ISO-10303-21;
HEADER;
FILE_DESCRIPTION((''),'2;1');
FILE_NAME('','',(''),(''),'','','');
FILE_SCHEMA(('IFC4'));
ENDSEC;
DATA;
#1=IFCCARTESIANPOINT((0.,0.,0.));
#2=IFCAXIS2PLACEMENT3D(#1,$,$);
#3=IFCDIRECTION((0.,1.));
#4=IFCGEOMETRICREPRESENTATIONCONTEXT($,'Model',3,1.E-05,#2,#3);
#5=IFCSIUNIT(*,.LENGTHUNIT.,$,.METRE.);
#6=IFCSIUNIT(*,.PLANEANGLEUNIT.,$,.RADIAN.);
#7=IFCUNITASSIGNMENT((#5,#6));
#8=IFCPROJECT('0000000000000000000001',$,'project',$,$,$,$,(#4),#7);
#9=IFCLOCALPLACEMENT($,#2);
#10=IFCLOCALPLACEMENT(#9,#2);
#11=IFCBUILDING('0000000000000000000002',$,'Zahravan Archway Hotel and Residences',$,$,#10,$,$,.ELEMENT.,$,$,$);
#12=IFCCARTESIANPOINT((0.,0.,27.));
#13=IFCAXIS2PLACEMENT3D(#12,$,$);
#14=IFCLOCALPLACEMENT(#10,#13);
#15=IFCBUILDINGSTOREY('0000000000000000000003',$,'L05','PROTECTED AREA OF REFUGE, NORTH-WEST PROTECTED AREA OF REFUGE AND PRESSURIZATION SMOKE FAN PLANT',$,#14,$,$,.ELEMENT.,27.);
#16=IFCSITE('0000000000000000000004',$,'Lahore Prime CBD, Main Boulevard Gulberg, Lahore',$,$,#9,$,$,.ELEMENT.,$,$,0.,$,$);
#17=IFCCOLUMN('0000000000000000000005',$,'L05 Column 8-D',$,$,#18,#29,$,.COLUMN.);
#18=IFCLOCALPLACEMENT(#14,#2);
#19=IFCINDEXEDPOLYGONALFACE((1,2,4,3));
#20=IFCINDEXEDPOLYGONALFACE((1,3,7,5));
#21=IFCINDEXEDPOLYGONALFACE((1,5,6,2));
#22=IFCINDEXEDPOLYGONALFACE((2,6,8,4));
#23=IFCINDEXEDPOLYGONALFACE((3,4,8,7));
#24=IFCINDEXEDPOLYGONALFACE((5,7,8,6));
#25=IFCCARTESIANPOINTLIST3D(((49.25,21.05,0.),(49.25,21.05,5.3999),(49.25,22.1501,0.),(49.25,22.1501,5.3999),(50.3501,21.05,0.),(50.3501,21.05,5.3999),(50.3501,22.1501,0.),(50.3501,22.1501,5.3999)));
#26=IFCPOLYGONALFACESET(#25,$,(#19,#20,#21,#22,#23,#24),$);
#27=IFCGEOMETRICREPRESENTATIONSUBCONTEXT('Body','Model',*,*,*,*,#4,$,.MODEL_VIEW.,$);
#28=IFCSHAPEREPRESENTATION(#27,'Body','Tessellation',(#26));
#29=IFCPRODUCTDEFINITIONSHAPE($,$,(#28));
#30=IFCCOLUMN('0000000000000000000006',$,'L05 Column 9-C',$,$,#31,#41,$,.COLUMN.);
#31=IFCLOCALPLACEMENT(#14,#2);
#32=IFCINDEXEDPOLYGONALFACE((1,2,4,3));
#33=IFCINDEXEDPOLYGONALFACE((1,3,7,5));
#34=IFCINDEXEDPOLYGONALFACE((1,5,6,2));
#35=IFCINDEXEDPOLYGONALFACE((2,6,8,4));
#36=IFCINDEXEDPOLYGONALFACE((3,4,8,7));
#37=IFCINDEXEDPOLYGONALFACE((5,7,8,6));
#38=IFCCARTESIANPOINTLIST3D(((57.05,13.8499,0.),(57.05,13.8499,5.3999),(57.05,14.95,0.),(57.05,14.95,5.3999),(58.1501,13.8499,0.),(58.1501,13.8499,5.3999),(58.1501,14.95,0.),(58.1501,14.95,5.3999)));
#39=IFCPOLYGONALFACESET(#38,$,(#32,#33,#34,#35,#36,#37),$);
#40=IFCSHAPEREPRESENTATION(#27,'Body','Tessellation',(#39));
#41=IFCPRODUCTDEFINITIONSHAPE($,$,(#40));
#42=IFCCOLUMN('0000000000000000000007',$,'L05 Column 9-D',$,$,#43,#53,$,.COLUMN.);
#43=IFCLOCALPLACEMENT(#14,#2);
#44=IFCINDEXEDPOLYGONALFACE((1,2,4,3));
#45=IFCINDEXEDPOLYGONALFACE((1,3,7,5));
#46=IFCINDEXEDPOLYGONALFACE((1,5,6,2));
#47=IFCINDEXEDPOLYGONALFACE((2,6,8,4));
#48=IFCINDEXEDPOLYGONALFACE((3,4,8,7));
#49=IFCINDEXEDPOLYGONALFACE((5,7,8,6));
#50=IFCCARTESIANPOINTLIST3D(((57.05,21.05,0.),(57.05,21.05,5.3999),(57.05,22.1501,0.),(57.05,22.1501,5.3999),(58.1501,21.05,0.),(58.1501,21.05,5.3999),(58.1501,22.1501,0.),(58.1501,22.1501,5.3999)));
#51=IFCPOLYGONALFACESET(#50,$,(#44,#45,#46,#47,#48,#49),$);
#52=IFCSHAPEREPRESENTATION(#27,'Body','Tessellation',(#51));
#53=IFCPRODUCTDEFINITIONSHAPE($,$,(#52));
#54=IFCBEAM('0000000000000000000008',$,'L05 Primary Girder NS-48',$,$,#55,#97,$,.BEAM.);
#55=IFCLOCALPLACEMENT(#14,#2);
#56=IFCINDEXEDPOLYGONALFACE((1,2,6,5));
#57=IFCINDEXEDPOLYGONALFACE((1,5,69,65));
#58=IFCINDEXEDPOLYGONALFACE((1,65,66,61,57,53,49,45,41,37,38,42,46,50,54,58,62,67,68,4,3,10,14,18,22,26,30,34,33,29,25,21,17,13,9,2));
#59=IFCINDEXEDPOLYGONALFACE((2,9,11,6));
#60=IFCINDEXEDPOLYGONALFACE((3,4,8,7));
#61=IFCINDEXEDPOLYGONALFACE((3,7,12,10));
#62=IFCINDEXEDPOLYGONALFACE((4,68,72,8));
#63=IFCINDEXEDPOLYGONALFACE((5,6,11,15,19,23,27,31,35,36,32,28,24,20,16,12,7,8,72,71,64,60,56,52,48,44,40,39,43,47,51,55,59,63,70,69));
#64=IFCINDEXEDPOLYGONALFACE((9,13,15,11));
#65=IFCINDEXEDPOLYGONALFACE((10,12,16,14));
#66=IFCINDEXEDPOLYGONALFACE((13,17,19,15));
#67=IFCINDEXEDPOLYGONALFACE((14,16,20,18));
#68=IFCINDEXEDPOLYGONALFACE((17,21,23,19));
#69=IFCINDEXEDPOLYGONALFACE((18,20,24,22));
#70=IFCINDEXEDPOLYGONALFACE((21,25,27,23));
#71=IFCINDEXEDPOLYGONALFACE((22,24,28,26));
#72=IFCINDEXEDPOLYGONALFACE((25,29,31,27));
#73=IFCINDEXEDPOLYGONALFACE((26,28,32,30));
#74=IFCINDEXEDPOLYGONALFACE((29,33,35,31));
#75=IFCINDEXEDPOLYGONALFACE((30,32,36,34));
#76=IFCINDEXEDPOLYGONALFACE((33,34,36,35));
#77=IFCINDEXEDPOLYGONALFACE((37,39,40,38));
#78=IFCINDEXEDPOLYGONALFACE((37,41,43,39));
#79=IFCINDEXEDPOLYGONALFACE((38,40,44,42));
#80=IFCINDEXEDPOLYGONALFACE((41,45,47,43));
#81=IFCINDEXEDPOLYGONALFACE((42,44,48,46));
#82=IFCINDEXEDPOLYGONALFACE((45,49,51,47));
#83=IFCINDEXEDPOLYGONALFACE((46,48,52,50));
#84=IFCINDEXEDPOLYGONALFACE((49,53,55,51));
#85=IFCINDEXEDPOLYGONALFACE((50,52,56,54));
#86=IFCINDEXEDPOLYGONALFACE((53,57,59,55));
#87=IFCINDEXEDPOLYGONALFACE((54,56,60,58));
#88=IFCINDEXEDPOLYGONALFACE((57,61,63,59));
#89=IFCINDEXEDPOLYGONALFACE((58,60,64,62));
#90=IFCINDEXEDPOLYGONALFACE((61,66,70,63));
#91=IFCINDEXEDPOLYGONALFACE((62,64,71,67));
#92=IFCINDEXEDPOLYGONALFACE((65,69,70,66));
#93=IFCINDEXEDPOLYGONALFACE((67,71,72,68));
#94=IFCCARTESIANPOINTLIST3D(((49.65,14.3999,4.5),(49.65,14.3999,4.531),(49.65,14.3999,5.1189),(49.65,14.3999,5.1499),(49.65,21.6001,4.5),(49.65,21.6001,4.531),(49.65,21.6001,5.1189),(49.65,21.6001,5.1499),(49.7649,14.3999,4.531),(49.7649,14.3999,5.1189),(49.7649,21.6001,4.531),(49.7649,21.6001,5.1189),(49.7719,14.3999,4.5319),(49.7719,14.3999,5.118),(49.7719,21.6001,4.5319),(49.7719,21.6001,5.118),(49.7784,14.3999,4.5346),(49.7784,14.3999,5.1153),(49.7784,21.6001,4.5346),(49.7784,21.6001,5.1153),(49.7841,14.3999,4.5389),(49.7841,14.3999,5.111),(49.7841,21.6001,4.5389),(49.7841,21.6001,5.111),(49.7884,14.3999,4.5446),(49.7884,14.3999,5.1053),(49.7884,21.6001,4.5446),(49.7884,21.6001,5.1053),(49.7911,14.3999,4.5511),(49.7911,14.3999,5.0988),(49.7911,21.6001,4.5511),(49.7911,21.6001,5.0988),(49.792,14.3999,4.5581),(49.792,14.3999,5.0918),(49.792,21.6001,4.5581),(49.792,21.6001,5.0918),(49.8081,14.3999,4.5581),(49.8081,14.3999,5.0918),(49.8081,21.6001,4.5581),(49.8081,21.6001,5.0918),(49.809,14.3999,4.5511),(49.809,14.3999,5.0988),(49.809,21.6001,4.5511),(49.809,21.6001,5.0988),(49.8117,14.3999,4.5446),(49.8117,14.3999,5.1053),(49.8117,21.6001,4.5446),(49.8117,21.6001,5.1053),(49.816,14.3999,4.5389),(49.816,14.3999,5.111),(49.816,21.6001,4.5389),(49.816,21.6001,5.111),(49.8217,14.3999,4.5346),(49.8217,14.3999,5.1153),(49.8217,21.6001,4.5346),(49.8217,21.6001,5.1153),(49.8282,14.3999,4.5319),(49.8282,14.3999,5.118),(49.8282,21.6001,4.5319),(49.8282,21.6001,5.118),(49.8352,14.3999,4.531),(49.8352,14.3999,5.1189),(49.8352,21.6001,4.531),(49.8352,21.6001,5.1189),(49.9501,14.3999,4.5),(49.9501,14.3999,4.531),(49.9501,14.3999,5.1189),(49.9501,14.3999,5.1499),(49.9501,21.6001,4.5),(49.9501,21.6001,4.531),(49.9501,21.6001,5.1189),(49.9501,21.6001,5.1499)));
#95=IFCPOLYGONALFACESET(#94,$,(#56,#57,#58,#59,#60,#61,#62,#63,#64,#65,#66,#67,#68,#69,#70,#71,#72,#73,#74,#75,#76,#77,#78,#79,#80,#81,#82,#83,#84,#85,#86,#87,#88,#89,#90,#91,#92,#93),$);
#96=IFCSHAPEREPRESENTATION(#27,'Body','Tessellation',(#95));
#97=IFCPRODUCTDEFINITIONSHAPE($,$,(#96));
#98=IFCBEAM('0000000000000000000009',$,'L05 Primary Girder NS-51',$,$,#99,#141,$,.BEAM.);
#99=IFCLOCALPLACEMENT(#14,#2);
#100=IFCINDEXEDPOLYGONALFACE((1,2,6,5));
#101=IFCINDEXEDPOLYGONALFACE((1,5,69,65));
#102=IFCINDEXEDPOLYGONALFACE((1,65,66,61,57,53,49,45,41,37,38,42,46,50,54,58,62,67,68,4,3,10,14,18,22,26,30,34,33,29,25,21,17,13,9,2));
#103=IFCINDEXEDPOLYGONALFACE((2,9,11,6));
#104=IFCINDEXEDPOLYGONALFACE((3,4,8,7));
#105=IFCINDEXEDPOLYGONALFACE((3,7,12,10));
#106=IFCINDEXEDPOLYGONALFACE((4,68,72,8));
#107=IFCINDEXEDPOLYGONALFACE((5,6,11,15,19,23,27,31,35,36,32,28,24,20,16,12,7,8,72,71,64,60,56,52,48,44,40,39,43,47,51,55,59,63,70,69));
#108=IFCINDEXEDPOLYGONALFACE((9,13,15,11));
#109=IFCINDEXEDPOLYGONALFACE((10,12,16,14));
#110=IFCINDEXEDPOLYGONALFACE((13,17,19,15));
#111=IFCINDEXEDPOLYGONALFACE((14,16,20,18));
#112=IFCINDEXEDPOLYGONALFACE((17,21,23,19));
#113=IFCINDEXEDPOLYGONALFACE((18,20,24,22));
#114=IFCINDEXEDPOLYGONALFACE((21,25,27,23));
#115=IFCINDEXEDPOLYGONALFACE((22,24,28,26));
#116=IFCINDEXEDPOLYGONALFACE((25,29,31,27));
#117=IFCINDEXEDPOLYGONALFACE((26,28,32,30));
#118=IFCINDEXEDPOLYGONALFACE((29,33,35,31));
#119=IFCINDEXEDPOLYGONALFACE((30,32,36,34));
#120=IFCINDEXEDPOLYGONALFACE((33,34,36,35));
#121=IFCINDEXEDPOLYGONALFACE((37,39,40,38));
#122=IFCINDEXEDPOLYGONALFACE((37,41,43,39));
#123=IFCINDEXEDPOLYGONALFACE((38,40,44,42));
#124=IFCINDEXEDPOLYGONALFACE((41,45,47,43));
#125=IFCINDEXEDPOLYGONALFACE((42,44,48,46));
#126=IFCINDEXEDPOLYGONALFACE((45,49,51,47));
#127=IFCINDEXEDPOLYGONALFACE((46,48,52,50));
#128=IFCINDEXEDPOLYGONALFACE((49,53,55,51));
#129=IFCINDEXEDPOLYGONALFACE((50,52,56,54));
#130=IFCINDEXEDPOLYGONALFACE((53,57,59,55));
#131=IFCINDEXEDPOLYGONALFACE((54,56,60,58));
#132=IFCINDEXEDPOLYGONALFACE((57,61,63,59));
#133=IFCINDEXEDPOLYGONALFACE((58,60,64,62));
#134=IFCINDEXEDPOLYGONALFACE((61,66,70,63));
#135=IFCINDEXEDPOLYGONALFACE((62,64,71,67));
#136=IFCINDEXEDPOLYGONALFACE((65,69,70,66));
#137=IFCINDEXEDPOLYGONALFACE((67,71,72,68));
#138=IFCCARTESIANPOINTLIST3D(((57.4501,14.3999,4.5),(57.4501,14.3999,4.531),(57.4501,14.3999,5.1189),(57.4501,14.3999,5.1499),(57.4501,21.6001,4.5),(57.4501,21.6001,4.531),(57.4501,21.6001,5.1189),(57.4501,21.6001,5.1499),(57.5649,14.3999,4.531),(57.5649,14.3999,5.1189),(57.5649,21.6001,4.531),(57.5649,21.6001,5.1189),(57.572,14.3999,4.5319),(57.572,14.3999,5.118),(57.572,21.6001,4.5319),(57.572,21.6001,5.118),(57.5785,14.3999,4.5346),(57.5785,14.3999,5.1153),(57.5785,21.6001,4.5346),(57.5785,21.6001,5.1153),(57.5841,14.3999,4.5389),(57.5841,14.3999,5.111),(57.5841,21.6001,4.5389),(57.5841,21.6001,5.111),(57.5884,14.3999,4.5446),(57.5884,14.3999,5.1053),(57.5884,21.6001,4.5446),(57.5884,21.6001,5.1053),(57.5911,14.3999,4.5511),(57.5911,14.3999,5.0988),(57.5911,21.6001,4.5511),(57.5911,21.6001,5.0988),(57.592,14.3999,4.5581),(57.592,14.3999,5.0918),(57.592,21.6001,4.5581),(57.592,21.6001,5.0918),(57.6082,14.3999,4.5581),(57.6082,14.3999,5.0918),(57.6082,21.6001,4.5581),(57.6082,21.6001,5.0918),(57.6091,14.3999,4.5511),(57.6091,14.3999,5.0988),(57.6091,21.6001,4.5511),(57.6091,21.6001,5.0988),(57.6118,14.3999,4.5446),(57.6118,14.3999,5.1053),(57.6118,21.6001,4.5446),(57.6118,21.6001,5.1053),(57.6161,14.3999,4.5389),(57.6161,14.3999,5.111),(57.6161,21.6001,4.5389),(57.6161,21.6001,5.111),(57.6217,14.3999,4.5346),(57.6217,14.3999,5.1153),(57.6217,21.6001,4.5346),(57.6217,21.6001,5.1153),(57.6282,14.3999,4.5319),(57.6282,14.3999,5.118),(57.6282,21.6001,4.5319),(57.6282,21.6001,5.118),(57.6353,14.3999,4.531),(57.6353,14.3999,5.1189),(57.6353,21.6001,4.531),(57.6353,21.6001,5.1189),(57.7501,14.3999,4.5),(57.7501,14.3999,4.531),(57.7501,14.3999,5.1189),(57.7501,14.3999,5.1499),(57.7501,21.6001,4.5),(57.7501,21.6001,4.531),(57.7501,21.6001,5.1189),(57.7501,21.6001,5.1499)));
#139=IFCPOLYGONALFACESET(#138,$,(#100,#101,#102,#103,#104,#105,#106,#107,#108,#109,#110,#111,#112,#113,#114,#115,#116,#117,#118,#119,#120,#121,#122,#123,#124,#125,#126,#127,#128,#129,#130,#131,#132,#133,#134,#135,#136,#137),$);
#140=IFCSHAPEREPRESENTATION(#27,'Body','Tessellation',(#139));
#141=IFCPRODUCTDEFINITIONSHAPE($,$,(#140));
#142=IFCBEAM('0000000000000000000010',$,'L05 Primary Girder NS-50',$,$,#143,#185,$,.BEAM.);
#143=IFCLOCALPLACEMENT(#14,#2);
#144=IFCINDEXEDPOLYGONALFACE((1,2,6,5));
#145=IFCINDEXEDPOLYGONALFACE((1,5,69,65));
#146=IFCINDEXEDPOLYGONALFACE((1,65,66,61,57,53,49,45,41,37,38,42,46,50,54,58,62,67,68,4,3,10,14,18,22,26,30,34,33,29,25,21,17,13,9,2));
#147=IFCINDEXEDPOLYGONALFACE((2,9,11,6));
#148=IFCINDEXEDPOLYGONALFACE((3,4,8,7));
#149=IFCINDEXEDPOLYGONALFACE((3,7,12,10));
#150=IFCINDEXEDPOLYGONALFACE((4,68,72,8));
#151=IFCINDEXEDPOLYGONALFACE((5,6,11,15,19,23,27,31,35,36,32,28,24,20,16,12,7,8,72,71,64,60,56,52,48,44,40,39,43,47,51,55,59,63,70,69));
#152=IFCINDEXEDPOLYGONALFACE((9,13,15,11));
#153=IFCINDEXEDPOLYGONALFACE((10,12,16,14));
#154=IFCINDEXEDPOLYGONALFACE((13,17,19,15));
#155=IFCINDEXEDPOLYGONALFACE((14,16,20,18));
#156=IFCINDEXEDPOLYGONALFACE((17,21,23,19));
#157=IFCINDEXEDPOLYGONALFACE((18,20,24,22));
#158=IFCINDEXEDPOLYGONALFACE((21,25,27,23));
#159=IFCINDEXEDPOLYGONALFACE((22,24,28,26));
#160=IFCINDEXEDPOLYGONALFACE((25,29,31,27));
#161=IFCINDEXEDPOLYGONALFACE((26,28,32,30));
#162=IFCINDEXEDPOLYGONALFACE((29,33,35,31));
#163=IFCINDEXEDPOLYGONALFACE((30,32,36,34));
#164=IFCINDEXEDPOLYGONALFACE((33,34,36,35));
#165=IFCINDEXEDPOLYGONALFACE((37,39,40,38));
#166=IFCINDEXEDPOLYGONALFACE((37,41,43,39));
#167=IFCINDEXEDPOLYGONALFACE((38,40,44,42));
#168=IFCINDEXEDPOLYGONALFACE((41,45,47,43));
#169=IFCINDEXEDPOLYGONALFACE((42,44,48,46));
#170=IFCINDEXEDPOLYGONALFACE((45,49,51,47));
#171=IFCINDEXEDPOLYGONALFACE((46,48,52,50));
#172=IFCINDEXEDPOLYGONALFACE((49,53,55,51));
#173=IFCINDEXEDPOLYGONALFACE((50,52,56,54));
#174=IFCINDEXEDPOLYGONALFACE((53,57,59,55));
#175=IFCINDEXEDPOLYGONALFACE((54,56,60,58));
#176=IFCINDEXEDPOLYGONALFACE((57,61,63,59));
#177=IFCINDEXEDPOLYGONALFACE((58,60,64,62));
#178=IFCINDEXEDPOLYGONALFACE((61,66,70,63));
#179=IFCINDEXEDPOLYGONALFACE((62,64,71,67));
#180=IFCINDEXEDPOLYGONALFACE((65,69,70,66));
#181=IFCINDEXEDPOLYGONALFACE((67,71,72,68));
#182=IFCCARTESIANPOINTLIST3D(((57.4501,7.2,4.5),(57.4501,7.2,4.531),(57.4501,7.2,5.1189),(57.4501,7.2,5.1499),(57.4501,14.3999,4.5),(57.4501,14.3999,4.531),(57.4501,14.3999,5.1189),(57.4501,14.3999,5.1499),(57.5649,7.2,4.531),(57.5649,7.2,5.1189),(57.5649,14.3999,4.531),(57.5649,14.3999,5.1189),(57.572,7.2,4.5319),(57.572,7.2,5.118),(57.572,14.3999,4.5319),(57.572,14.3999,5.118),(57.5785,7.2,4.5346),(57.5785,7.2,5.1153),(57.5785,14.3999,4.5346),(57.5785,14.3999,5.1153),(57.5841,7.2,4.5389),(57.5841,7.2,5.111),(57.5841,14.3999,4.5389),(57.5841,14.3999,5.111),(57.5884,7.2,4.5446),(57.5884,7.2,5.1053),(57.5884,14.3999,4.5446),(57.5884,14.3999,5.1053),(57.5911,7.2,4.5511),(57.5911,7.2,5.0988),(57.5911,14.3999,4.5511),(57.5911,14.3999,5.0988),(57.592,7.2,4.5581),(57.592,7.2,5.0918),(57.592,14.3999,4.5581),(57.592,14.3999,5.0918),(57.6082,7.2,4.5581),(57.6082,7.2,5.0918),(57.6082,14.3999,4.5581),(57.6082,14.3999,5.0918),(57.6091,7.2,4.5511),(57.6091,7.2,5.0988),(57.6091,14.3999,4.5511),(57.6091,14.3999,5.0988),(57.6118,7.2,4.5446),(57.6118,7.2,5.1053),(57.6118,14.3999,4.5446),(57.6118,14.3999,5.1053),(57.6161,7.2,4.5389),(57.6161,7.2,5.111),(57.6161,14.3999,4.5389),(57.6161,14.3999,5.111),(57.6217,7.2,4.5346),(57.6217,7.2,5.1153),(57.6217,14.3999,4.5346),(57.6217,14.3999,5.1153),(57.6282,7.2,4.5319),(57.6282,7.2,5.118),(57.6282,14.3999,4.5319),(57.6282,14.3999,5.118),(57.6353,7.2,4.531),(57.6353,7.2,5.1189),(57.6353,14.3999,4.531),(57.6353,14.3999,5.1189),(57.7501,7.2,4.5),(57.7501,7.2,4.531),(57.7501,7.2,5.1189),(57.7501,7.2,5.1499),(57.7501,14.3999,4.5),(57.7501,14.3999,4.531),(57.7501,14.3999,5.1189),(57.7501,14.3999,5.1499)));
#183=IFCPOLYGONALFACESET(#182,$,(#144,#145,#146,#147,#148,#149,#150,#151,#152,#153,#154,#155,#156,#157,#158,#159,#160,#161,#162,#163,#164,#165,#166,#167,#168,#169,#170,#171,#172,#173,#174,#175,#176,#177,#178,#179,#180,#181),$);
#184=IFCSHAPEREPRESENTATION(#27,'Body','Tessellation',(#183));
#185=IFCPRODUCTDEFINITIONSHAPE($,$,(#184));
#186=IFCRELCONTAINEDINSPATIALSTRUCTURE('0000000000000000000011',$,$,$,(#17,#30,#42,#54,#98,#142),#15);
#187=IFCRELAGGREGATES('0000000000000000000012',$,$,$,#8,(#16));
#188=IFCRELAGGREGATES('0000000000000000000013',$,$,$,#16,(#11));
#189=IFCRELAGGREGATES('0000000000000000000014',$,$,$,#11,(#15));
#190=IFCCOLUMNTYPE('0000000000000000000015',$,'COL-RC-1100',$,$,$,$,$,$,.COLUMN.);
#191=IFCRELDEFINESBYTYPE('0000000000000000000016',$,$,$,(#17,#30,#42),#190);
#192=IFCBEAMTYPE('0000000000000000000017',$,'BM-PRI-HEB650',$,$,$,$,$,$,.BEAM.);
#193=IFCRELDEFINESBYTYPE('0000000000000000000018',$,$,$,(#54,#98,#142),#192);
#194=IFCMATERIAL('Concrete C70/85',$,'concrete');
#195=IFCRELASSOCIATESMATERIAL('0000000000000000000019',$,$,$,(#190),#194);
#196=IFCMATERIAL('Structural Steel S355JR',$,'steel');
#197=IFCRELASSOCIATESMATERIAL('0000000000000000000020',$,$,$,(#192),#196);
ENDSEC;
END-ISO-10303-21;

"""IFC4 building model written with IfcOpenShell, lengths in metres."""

from ifc_helpers import new_model, si_unit, direction, frame, origin, origin_2d, place, context, subcontext, project, spatial, rectangle, i_section, extrude, source, transform, mapped, material, material_profile, profile_set, type_object, type_shapes, element, save


model = new_model("IFC4")

# Units and contexts
model_context = context("Model", 3, precision=1e-05, world=origin(), true_north=direction((0.0, 1.0)))
body_context = subcontext(model_context, "Body", "Model", "MODEL_VIEW")
ifc_project = project(units=[si_unit("LENGTHUNIT", "METRE"), si_unit("PLANEANGLEUNIT", "RADIAN")], contexts=[model_context])

# Site, building, storey
site_placement = place(None, origin())
site = spatial("IfcSite", under=ifc_project, at=site_placement, Name="Lahore Prime CBD, Main Boulevard Gulberg, Lahore", CompositionType="ELEMENT", RefElevation=0.0)
building_placement = place(site_placement, origin())
building = spatial("IfcBuilding", under=site, at=building_placement, Name="Zahravan Archway Hotel and Residences", CompositionType="ELEMENT")
storey_placement = place(building_placement, frame((0.0, 0.0, 27.0)))
storey = spatial("IfcBuildingStorey", under=building, at=storey_placement, Name="L05", Description="PROTECTED AREA OF REFUGE, NORTH-WEST PROTECTED AREA OF REFUGE AND PRESSURIZATION SMOKE FAN PLANT", CompositionType="ELEMENT", Elevation=27.0)

# Columns
ifc_material_1 = material(Name="Concrete C70/85", Category="concrete")
ifc_material_profile_1 = material_profile(ifc_material_1, rectangle(XDim=1.1001, YDim=1.1001, at=origin_2d()), Name="RC 1100x1100", Category="concrete")
ifc_profile_set_1 = profile_set([ifc_material_profile_1], Name="Concrete C70/85")
column_type = type_object("IfcColumnType", Name="COL-RC-1100", PredefinedType="COLUMN", material=ifc_profile_set_1)
shared_shape_1 = source(origin(), body_context, "Body", "SweptSolid", [
    extrude(rectangle(XDim=1.1001, YDim=1.1001, at=origin_2d()), origin(), (0.0, 0.0, 1.0), 5.3999),
])
for number, where, z_axis, x_axis, name in (
    (1, (49.8, 21.6001, 0.0), (0.0, 0.0, 1.0), (1.0, 0.0, 0.0), "L05 Column 8-D"),
    (2, (57.6001, 14.3999, 0.0), (0.0, 0.0, 1.0), (1.0, 0.0, 0.0), "L05 Column 9-C"),
    (3, (57.6001, 21.6001, 0.0), (0.0, 0.0, 1.0), (1.0, 0.0, 0.0), "L05 Column 9-D"),
):
    element("IfcColumn", number, at=place(storey_placement, frame(where, z_axis=z_axis, x_axis=x_axis)), inside=storey, type_object=column_type, Name=name, PredefinedType="COLUMN", context=body_context, shape_type="MappedRepresentation", body=[
        mapped(shared_shape_1, transform((0.0, 0.0, 0.0), scale=1.0)),
    ])

# Beams
ifc_material_2 = material(Name="Structural Steel S355JR", Category="steel")
ifc_material_profile_2 = material_profile(ifc_material_2, i_section(OverallWidth=0.3, OverallDepth=0.6499, WebThickness=0.0161, FlangeThickness=0.031, FilletRadius=0.0271, at=origin_2d()), Name="HEB 650", Category="steel")
ifc_profile_set_2 = profile_set([ifc_material_profile_2], Name="Structural Steel S355JR")
beam_type_1 = type_object("IfcBeamType", Name="BM-PRI-HEB650", PredefinedType="BEAM", material=ifc_profile_set_2)
shared_shape_2 = source(origin(), body_context, "Body", "SweptSolid", [
    extrude(i_section(OverallWidth=0.3, OverallDepth=0.6499, WebThickness=0.0161, FlangeThickness=0.031, FilletRadius=0.0271, at=origin_2d()), origin(), (0.0, 0.0, 1.0), 7.2002),
])
type_shapes(beam_type_1, [shared_shape_2])
for number, where, z_axis, x_axis, name in (
    (4, (49.8, 14.3999, 4.825), (0.0, 1.0, 0.0), (-1.0, 0.0, 0.0), "L05 Primary Girder NS-48"),
    (5, (57.6001, 14.3999, 4.825), (0.0, 1.0, 0.0), (-1.0, 0.0, 0.0), "L05 Primary Girder NS-51"),
):
    element("IfcBeam", number, at=place(storey_placement, frame(where, z_axis=z_axis, x_axis=x_axis)), inside=storey, type_object=beam_type_1, Name=name, PredefinedType="BEAM", context=body_context, shape_type="MappedRepresentation", body=[
        mapped(shared_shape_2, transform((0.0, 0.0, 0.0), scale=1.0)),
    ])
shared_shape_3 = source(origin(), body_context, "Body", "SweptSolid", [
    extrude(i_section(OverallWidth=0.3, OverallDepth=0.6499, WebThickness=0.0161, FlangeThickness=0.031, FilletRadius=0.0271, at=origin_2d()), origin(), (0.0, 0.0, 1.0), 7.2),
])
beam_1_placement = place(storey_placement, frame((57.6001, 7.2, 4.825), z_axis=(0.0, 1.0, 0.0), x_axis=(-1.0, 0.0, 0.0)))
element("IfcBeam", 6, at=beam_1_placement, inside=storey, type_object=beam_type_1, Name="L05 Primary Girder NS-50", PredefinedType="BEAM", context=body_context, shape_type="MappedRepresentation", body=[
    mapped(shared_shape_3, transform((0.0, 0.0, 0.0), scale=1.0)),
])

save(model, "model.ifc")
